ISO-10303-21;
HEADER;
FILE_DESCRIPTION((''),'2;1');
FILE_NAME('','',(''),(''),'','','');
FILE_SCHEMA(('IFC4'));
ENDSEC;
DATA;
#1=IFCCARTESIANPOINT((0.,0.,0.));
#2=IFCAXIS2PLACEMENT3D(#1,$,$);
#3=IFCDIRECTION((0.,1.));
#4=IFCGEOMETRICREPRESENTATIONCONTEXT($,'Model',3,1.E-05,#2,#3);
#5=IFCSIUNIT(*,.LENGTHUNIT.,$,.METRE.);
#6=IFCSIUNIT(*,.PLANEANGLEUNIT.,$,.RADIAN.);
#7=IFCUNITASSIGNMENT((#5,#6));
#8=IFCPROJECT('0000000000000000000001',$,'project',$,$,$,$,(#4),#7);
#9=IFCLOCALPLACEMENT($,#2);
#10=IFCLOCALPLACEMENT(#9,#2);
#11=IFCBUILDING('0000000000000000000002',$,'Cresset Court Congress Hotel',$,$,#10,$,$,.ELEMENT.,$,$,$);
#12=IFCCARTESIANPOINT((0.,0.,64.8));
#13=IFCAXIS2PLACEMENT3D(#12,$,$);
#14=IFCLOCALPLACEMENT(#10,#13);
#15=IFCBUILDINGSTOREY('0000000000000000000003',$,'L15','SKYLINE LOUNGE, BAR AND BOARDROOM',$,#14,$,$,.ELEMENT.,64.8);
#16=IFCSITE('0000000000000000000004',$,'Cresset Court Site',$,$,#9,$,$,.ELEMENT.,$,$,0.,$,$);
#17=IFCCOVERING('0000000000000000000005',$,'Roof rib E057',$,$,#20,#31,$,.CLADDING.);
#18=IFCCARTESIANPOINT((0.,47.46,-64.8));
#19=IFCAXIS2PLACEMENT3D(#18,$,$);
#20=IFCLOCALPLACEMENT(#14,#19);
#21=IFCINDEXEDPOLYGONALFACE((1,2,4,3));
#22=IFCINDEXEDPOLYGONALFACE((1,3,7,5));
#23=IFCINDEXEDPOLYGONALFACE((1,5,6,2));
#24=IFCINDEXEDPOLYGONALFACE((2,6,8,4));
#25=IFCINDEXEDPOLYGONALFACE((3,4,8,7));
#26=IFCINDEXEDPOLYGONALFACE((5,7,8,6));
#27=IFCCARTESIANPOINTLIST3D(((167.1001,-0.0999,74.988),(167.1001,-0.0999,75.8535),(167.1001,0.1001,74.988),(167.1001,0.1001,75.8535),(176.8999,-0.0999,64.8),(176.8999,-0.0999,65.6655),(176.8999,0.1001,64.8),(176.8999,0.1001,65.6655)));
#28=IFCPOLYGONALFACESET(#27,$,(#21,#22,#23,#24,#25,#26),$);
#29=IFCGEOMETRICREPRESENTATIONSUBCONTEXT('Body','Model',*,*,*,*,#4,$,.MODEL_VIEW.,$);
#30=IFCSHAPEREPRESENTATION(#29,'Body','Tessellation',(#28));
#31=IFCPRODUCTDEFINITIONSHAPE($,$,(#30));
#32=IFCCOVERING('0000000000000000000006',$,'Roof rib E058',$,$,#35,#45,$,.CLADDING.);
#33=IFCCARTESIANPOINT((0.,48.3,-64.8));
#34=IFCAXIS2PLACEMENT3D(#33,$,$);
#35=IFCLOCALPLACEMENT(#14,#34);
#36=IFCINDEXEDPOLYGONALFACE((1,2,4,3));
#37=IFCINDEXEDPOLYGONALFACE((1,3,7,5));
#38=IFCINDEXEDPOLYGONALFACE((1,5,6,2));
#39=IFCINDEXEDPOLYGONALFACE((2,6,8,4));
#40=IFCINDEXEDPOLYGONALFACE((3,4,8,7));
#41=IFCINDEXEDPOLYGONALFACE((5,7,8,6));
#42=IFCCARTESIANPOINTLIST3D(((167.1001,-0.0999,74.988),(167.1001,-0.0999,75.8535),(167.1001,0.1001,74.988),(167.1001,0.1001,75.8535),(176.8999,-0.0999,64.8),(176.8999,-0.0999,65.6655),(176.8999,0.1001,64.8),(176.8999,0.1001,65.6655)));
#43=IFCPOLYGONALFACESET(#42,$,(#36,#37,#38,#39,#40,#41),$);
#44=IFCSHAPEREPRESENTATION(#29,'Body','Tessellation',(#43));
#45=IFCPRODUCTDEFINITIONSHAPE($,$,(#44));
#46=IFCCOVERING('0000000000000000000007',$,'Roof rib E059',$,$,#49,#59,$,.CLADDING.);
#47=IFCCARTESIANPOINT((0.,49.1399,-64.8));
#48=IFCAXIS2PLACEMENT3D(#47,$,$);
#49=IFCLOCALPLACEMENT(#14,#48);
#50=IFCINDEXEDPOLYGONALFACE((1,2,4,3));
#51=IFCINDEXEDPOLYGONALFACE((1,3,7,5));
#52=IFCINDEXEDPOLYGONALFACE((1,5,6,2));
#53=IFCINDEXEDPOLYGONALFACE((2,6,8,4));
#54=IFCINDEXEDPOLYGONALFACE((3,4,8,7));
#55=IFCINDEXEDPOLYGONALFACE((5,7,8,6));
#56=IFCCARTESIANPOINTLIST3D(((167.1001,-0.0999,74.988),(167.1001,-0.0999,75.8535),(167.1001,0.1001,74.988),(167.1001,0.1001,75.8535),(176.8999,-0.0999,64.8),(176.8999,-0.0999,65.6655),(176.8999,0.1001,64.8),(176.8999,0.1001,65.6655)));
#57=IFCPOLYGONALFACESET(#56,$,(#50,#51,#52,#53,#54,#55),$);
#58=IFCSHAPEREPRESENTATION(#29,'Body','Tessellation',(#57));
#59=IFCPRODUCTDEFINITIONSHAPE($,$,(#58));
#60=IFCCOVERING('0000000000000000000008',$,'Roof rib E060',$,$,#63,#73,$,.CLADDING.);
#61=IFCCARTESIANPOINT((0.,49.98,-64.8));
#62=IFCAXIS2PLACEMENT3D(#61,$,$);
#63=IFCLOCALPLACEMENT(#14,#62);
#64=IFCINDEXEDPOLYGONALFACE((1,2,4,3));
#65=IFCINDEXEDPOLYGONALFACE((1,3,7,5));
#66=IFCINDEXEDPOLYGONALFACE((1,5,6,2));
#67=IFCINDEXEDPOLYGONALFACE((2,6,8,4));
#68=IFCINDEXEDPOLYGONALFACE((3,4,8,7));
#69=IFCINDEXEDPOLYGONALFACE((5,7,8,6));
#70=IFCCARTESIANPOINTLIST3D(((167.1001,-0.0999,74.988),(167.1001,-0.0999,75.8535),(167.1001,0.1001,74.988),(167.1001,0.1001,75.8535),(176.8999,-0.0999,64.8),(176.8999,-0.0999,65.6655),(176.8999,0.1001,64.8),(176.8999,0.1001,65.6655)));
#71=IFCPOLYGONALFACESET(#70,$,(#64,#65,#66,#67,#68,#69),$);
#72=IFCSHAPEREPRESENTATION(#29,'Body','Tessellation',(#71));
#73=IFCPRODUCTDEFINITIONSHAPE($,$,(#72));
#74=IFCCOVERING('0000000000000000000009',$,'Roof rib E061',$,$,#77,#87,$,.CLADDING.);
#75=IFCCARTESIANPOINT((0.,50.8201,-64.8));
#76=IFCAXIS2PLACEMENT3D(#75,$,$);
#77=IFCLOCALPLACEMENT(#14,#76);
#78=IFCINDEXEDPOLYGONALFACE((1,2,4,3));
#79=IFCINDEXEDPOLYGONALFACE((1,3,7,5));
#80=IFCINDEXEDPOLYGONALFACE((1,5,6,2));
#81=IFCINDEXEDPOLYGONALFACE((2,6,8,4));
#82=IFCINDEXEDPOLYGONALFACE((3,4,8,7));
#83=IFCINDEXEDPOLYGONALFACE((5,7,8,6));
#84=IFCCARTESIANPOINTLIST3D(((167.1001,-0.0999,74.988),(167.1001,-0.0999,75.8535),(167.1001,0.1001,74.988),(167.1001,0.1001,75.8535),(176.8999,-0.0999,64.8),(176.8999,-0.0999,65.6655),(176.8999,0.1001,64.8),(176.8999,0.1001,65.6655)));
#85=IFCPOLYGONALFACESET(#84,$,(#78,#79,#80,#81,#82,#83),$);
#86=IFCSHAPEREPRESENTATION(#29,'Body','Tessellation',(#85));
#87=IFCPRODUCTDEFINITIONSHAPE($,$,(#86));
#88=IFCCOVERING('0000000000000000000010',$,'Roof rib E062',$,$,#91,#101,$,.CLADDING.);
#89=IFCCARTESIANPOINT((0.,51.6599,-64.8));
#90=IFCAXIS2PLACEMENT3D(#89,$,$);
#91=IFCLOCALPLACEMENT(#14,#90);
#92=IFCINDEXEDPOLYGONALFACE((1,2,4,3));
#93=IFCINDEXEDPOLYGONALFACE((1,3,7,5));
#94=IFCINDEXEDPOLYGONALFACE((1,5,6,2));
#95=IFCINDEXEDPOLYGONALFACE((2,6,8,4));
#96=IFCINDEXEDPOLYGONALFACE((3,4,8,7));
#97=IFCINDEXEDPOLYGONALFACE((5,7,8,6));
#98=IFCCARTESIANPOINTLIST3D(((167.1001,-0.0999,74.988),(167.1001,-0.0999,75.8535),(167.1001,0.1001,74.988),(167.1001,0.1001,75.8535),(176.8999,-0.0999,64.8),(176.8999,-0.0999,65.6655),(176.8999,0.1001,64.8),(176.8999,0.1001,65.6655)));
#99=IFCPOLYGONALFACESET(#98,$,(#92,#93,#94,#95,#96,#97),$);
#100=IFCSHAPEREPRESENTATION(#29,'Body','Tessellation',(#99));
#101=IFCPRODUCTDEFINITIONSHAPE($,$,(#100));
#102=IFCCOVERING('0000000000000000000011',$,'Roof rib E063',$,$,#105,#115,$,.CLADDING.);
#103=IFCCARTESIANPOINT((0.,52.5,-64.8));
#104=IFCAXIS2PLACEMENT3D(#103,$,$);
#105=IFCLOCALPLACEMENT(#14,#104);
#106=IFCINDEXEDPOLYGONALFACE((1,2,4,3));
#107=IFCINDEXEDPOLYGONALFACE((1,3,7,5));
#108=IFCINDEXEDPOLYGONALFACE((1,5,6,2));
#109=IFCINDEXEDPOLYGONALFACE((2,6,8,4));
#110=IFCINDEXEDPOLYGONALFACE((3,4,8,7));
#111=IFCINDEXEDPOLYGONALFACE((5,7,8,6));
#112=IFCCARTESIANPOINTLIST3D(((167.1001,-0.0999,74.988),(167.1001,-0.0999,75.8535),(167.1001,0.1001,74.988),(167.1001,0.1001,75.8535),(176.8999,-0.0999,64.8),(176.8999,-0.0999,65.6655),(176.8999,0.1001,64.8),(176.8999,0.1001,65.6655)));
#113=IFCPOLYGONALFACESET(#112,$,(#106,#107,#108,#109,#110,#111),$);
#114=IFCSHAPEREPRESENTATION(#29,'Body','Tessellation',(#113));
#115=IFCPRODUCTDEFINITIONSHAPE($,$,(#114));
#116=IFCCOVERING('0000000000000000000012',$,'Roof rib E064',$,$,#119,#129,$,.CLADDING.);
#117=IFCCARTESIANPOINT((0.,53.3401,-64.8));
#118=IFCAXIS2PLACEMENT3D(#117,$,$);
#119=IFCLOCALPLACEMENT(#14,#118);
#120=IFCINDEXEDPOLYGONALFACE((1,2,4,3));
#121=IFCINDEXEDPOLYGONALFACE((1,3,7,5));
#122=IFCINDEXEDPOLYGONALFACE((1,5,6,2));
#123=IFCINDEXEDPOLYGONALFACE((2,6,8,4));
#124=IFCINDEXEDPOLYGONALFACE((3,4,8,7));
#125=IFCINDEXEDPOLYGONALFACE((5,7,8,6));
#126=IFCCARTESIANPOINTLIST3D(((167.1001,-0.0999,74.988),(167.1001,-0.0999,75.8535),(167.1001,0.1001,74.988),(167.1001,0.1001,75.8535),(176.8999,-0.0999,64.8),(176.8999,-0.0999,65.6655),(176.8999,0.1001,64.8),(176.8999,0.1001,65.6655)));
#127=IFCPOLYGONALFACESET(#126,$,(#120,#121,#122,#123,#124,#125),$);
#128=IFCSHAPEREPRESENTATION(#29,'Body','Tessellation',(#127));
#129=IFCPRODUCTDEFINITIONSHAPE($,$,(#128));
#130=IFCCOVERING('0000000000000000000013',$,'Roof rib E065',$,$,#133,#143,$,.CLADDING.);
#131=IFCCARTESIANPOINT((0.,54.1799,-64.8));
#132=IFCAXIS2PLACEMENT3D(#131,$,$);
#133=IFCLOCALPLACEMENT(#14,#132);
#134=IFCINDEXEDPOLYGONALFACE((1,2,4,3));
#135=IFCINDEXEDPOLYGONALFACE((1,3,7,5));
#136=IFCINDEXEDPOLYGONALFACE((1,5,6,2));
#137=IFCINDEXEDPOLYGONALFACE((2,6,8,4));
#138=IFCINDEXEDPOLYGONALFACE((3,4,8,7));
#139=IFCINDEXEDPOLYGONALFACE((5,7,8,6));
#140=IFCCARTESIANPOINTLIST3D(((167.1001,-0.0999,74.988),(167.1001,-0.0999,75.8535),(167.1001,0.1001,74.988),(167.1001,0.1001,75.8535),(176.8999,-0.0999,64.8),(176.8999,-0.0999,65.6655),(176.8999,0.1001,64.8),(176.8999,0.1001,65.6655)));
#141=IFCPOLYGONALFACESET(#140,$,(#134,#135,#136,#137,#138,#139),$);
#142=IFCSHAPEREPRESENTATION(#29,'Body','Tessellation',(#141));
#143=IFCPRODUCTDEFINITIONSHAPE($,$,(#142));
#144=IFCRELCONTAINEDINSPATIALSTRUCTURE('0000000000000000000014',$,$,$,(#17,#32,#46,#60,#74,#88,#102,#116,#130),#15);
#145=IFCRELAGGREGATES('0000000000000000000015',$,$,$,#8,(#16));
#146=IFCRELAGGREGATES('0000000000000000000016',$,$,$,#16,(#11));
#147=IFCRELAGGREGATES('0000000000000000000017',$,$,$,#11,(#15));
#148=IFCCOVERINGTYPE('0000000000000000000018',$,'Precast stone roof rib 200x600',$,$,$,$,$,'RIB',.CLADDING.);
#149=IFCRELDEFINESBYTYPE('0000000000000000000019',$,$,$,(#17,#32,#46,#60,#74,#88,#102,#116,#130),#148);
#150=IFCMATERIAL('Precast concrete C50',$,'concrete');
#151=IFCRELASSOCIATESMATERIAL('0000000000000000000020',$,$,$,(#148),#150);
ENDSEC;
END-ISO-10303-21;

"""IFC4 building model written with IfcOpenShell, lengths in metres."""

from ifc_helpers import new_model, si_unit, direction, frame, origin, place, context, subcontext, project, spatial, polyline, outline, extrude, material, type_object, element, save


model = new_model("IFC4")

# Units and contexts
model_context = context("Model", 3, precision=1e-05, world=origin(), true_north=direction((0.0, 1.0)))
body_context = subcontext(model_context, "Body", "Model", "MODEL_VIEW")
ifc_project = project(units=[si_unit("LENGTHUNIT", "METRE"), si_unit("PLANEANGLEUNIT", "RADIAN")], contexts=[model_context])

# Site, building, storey
site_placement = place(None, origin())
site = spatial("IfcSite", under=ifc_project, at=site_placement, Name="Cresset Court Site", CompositionType="ELEMENT", RefElevation=0.0)
building_placement = place(site_placement, origin())
building = spatial("IfcBuilding", under=site, at=building_placement, Name="Cresset Court Congress Hotel", CompositionType="ELEMENT")
storey_placement = place(building_placement, frame((0.0, 0.0, 64.8)))
storey = spatial("IfcBuildingStorey", under=building, at=storey_placement, Name="L15", Description="SKYLINE LOUNGE, BAR AND BOARDROOM", CompositionType="ELEMENT", Elevation=64.8)

# Coverings
ifc_material = material(Name="Precast concrete C50", Category="concrete")
covering_type = type_object("IfcCoveringType", Name="Precast stone roof rib 200x600", ElementType="RIB", PredefinedType="CLADDING", material=ifc_material)
for number, where, name in (
    (1, (0.0, 47.46, -64.8), "Roof rib E057"),
    (2, (0.0, 48.3, -64.8), "Roof rib E058"),
    (3, (0.0, 49.1399, -64.8), "Roof rib E059"),
    (4, (0.0, 49.98, -64.8), "Roof rib E060"),
    (5, (0.0, 50.8201, -64.8), "Roof rib E061"),
    (6, (0.0, 51.6599, -64.8), "Roof rib E062"),
    (7, (0.0, 52.5, -64.8), "Roof rib E063"),
    (8, (0.0, 53.3401, -64.8), "Roof rib E064"),
    (9, (0.0, 54.1799, -64.8), "Roof rib E065"),
):
    element("IfcCovering", number, at=place(storey_placement, frame(where)), inside=storey, type_object=covering_type, Name=name, PredefinedType="CLADDING", context=body_context, shape_type="SweptSolid", body=[
        extrude(outline(polyline([(167.1001, 74.988), (176.8999, 64.8), (176.8999, 65.6655), (167.1001, 75.8535), (167.1001, 74.988)])), frame((0.0, 0.1001, 0.0), z_axis=(0.0, -1.0, 0.0), x_axis=(1.0, 0.0, 0.0)), (0.0, 0.0, 1.0), 0.2),
    ])

save(model, "model.ifc")
